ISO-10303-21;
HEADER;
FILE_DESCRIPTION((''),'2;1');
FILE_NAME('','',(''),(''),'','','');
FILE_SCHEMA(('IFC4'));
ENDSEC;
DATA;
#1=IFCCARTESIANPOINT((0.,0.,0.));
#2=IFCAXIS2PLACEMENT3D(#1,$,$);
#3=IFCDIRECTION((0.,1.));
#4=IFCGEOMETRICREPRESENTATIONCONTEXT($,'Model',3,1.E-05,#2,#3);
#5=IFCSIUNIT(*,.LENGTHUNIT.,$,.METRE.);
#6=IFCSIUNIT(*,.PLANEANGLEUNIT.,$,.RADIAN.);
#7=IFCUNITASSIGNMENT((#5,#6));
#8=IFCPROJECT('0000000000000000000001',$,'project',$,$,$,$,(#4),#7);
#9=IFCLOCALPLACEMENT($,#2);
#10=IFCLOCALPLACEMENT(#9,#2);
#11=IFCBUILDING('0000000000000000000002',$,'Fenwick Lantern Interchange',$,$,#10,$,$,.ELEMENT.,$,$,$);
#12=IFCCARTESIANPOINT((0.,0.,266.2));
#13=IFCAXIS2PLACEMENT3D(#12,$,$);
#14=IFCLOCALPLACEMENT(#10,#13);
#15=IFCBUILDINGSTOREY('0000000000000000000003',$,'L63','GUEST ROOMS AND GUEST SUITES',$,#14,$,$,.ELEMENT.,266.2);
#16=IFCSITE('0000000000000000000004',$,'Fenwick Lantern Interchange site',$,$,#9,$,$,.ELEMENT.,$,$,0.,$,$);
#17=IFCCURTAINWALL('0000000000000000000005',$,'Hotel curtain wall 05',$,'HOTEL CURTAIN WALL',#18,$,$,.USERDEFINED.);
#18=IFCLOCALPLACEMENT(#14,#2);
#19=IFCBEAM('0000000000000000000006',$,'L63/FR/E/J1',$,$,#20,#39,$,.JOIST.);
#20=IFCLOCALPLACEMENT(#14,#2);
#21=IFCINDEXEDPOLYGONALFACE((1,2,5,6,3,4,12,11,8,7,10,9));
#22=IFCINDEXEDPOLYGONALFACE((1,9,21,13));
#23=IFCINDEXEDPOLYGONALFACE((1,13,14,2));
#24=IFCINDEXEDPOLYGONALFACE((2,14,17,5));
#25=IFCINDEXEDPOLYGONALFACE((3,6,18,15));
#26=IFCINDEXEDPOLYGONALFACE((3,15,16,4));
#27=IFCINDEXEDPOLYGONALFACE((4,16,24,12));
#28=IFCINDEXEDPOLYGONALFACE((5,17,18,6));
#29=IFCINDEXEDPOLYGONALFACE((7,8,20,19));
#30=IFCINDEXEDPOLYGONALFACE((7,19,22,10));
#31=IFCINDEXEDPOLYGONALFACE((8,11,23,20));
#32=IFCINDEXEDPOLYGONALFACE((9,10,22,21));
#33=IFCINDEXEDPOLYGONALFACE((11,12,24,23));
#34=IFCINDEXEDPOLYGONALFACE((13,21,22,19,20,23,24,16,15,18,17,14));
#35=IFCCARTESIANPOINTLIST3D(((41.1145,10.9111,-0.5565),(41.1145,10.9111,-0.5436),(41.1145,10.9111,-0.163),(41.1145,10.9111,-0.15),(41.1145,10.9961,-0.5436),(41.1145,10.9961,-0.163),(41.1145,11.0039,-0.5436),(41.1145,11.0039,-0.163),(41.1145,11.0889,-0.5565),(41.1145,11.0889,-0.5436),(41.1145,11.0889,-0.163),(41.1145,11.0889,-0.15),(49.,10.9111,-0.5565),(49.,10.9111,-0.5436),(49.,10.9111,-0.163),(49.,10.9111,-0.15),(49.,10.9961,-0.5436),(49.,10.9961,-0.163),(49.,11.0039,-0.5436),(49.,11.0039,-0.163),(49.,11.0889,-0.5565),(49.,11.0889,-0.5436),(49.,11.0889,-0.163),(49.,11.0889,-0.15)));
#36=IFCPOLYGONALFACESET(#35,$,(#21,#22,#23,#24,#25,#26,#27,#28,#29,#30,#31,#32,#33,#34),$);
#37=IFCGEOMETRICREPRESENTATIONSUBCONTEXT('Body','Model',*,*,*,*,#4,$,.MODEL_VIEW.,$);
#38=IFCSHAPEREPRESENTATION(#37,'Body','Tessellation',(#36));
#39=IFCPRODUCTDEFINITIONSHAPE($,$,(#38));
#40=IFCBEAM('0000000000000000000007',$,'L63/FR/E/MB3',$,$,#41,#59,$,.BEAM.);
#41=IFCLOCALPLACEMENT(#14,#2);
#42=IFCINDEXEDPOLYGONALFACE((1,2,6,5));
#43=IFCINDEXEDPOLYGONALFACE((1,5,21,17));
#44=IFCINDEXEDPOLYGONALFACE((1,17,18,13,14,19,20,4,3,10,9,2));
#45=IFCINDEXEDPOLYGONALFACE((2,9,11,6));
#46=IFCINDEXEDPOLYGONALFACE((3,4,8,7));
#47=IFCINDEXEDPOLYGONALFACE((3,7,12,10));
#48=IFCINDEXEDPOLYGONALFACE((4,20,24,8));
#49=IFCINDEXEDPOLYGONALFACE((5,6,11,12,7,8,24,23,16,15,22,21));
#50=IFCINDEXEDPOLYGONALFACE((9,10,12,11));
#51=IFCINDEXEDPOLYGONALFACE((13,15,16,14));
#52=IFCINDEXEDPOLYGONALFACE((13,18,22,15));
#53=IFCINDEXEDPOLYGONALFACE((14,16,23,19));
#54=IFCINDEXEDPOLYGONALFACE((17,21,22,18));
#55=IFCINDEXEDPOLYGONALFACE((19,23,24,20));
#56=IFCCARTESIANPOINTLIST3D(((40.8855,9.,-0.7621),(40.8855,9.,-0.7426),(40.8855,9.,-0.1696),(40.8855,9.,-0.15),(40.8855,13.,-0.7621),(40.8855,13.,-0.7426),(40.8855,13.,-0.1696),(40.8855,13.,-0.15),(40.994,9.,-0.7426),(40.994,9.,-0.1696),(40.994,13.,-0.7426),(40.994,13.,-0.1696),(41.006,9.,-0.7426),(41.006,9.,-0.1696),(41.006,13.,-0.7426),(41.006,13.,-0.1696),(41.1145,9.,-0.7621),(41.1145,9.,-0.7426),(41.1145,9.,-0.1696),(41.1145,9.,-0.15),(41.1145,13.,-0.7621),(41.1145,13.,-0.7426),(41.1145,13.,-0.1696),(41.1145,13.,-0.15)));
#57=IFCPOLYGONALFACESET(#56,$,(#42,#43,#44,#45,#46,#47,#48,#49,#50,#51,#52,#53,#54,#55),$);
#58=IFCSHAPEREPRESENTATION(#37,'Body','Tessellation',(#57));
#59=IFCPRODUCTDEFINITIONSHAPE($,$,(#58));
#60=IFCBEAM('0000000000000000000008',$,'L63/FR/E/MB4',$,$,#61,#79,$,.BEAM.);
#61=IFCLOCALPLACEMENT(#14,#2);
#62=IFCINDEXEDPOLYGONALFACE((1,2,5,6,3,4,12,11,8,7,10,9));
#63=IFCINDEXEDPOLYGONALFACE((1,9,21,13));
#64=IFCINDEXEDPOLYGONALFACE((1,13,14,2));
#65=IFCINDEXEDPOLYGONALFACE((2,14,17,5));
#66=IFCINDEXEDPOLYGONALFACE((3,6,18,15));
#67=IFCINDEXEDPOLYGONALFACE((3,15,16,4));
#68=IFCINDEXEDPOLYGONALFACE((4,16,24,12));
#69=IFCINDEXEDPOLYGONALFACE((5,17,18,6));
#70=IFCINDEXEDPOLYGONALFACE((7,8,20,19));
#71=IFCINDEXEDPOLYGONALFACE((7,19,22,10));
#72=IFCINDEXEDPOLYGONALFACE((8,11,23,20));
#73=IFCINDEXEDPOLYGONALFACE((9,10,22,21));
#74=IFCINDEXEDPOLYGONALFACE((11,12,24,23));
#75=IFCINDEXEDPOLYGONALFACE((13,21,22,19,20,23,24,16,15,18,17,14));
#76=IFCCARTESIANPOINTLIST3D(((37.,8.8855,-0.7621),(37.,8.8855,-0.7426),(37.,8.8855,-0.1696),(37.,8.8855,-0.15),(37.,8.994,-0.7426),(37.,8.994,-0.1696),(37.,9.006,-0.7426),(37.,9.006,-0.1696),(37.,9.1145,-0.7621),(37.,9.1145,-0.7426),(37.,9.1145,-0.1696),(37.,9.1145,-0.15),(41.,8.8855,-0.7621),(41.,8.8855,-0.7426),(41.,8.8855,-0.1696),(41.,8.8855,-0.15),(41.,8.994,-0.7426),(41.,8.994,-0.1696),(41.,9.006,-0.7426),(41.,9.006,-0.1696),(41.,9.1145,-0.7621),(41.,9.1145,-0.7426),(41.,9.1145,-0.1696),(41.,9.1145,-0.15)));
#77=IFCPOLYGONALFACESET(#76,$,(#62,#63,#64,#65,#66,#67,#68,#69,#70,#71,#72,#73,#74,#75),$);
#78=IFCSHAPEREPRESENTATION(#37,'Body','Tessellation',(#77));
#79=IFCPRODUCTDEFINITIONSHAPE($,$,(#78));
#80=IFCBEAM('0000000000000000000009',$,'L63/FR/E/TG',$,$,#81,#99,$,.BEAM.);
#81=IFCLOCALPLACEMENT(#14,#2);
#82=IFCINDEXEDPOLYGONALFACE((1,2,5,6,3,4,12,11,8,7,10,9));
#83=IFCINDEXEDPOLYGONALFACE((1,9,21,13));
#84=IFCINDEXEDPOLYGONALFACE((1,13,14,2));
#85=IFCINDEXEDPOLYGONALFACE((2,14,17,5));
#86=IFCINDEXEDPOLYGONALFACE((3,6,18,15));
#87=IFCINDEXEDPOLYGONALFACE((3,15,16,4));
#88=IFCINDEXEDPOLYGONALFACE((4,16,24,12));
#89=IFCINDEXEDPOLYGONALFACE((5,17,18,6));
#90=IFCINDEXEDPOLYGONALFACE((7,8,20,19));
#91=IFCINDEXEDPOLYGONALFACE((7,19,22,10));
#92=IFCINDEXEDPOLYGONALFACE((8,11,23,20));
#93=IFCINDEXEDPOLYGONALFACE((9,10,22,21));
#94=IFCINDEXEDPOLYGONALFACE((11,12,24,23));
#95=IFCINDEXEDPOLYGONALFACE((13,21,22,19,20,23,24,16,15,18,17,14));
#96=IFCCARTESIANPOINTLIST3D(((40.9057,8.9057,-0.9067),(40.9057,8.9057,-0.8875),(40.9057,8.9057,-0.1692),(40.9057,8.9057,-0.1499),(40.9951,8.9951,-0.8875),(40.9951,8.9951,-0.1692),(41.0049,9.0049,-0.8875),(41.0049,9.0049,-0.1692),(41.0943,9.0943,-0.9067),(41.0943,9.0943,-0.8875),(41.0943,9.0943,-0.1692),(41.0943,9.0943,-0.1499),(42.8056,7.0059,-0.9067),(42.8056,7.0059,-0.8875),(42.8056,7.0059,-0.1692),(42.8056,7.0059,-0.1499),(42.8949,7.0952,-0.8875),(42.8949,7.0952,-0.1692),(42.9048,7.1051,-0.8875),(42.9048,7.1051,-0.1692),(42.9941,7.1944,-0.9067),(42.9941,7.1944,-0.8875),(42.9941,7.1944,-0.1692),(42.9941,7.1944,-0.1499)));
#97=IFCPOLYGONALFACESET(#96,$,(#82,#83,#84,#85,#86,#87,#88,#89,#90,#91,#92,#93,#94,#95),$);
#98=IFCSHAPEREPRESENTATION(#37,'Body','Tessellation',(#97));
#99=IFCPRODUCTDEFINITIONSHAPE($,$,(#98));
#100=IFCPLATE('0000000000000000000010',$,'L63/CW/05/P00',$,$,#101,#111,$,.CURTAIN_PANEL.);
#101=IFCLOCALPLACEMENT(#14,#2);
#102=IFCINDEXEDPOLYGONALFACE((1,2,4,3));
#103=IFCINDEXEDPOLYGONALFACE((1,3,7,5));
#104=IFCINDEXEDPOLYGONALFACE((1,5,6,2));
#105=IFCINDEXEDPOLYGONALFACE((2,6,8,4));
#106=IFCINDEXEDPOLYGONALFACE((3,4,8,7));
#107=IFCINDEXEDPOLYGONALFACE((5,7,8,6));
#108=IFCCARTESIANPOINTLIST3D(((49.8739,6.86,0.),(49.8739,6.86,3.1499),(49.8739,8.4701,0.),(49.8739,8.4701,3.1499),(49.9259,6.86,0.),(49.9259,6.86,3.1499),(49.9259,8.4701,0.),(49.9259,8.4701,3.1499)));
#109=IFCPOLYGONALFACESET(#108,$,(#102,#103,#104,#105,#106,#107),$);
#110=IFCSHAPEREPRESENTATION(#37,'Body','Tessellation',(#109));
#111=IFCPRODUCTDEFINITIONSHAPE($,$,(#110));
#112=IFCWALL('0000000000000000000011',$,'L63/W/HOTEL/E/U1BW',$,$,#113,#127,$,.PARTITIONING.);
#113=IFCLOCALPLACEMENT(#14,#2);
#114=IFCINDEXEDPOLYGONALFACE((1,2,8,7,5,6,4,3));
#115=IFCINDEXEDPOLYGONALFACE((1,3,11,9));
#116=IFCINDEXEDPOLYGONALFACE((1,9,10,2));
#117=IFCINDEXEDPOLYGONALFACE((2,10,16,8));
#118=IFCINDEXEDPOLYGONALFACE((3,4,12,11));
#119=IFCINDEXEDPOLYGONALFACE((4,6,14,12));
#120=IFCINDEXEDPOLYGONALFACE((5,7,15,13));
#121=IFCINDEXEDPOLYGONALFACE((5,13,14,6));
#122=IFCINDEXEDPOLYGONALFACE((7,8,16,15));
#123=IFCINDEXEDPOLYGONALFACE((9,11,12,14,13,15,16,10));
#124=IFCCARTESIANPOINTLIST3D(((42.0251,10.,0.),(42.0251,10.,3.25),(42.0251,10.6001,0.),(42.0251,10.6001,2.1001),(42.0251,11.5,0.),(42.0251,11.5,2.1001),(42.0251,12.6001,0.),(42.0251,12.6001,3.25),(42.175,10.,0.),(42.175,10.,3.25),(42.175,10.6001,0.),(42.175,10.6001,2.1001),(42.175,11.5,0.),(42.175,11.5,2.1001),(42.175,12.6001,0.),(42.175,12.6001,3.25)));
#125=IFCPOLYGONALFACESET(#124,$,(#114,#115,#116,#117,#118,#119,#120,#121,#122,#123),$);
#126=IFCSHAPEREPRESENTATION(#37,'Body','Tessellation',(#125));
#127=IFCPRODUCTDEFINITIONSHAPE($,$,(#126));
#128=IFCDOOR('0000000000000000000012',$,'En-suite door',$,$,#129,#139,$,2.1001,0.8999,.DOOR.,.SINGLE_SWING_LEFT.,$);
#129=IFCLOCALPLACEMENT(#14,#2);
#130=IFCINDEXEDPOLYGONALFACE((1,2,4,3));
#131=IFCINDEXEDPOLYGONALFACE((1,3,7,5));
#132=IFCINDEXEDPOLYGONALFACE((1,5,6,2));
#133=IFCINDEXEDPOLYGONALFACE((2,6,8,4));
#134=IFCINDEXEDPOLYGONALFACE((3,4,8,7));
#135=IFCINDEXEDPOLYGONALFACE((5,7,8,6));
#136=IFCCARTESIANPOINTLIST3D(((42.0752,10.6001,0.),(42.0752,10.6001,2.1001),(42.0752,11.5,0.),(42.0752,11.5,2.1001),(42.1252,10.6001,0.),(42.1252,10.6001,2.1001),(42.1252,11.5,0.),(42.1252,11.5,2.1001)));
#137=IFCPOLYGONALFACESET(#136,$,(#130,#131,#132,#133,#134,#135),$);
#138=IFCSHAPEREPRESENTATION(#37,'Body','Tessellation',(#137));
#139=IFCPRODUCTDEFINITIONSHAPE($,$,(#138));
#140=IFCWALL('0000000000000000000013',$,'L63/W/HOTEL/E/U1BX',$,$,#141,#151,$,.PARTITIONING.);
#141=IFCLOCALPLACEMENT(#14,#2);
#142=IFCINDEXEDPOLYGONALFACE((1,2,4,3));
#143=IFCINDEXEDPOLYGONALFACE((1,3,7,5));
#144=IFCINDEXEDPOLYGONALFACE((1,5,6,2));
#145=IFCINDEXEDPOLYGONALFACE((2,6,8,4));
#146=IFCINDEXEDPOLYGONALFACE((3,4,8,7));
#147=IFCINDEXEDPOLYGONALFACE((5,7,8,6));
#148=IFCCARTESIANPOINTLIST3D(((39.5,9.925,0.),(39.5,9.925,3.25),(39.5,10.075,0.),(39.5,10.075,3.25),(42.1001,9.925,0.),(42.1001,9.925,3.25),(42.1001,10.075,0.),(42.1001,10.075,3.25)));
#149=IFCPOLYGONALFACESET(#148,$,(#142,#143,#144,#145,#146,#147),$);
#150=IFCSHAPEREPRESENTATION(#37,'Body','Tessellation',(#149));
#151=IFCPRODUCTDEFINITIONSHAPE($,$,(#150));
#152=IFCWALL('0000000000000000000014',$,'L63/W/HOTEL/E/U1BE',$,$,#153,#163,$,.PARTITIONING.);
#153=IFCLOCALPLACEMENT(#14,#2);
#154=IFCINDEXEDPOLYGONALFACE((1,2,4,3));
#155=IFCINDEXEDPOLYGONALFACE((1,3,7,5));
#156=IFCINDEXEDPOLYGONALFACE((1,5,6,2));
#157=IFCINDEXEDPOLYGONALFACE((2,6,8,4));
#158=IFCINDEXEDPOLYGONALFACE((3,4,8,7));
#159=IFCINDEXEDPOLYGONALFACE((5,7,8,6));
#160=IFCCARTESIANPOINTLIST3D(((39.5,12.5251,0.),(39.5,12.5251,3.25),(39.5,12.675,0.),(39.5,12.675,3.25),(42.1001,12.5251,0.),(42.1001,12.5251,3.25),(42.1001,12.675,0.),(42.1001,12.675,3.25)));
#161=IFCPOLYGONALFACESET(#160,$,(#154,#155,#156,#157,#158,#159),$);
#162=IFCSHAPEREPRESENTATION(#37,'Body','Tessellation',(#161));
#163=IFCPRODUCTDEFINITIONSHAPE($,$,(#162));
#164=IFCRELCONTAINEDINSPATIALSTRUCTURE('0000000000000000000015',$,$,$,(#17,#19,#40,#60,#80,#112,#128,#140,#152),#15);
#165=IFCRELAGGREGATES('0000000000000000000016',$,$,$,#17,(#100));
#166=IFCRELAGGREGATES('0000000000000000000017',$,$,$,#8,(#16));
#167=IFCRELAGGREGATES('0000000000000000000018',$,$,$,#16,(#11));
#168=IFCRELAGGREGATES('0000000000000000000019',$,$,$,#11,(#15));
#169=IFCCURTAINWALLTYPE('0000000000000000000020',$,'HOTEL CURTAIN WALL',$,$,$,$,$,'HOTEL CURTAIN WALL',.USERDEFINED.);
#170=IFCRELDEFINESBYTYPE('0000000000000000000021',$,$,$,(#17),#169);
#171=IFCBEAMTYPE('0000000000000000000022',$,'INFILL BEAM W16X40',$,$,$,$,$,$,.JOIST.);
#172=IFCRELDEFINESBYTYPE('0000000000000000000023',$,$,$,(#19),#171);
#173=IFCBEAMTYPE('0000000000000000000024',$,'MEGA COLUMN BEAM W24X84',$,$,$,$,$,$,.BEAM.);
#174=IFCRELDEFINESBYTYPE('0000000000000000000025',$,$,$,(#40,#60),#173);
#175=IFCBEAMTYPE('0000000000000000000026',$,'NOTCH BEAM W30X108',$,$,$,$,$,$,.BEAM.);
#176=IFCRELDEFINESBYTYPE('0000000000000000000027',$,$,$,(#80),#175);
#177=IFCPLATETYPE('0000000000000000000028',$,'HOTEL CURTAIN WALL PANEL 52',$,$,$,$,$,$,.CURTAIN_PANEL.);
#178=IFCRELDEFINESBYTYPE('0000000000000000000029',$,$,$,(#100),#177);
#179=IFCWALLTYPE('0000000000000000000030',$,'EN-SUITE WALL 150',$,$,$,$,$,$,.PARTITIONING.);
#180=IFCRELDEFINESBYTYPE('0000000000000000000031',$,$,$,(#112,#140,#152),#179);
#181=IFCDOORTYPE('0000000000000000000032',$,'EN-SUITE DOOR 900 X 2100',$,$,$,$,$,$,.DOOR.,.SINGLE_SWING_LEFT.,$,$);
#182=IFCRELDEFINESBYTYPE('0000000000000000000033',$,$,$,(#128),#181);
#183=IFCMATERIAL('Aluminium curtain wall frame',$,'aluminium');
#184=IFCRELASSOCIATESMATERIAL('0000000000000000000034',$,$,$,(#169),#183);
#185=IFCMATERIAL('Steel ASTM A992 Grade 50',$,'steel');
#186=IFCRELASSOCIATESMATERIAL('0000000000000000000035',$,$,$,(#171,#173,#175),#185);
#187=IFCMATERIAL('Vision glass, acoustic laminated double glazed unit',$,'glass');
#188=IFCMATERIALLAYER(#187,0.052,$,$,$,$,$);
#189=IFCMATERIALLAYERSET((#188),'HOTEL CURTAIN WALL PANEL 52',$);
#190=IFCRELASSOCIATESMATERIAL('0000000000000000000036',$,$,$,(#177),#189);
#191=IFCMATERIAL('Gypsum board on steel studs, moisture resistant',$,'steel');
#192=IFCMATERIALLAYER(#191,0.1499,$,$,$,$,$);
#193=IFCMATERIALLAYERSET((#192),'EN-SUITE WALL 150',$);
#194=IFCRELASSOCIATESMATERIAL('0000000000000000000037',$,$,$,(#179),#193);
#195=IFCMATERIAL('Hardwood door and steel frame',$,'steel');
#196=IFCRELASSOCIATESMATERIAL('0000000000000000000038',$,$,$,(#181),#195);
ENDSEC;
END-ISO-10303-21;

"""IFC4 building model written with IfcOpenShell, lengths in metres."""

from ifc_helpers import new_model, si_unit, direction, frame, frame_2d, origin, origin_2d, place, context, subcontext, project, spatial, rectangle, i_section, extrude, material, layer, layer_set, material_profile, profile_set, type_object, element, fill, aggregate, save


model = new_model("IFC4")

# Units and contexts
model_context = context("Model", 3, precision=1e-05, world=origin(), true_north=direction((0.0, 1.0)))
body_context = subcontext(model_context, "Body", "Model", "MODEL_VIEW")
ifc_project = project(units=[si_unit("LENGTHUNIT", "METRE"), si_unit("PLANEANGLEUNIT", "RADIAN")], contexts=[model_context])

# Site, building, storey
site_placement = place(None, origin())
site = spatial("IfcSite", under=ifc_project, at=site_placement, Name="Fenwick Lantern Interchange site", CompositionType="ELEMENT", RefElevation=0.0)
building_placement = place(site_placement, origin())
building = spatial("IfcBuilding", under=site, at=building_placement, Name="Fenwick Lantern Interchange", CompositionType="ELEMENT")
storey_placement = place(building_placement, frame((0.0, 0.0, 266.2)))
storey = spatial("IfcBuildingStorey", under=building, at=storey_placement, Name="L63", Description="GUEST ROOMS AND GUEST SUITES", CompositionType="ELEMENT", Elevation=266.2)

# Shared definitions
ifc_material_1 = material(Name="Steel ASTM A992 Grade 50", Category="steel")

# Curtain wall
ifc_material_2 = material(Name="Aluminium curtain wall frame", Category="aluminium")
curtain_wall_type = type_object("IfcCurtainWallType", Name="HOTEL CURTAIN WALL", ElementType="HOTEL CURTAIN WALL", PredefinedType="USERDEFINED", material=ifc_material_2)
curtain_wall_placement = place(storey_placement, origin())
curtain_wall = element("IfcCurtainWall", 1, at=curtain_wall_placement, inside=storey, type_object=curtain_wall_type, Name="Hotel curtain wall 05", ObjectType="HOTEL CURTAIN WALL", PredefinedType="USERDEFINED")

# Beams
ifc_material_profile_1 = material_profile(ifc_material_1, i_section(OverallWidth=0.1777, OverallDepth=0.4065, WebThickness=0.0078, FlangeThickness=0.0129, at=origin_2d()), Name="W16X40")
ifc_profile_set_1 = profile_set([ifc_material_profile_1], Name="Steel ASTM A992 Grade 50")
beam_type_1 = type_object("IfcBeamType", Name="INFILL BEAM W16X40", PredefinedType="JOIST", material=ifc_profile_set_1)
beam_1_placement = place(storey_placement, frame((49.0, 11.0, -0.3533), z_axis=(-1.0, 0.0, 0.0), x_axis=(0.0, -1.0, 0.0)))
element("IfcBeam", 2, at=beam_1_placement, inside=storey, type_object=beam_type_1, Name="L63/FR/E/J1", PredefinedType="JOIST", context=body_context, shape_type="SweptSolid", body=[
    extrude(i_section(OverallWidth=0.1777, OverallDepth=0.4065, WebThickness=0.0078, FlangeThickness=0.0129, at=origin_2d()), origin(), (0.0, 0.0, 1.0), 7.8855),
])
ifc_material_profile_2 = material_profile(ifc_material_1, i_section(OverallWidth=0.229, OverallDepth=0.6121, WebThickness=0.012, FlangeThickness=0.0195, at=origin_2d()), Name="W24X84")
ifc_profile_set_2 = profile_set([ifc_material_profile_2], Name="Steel ASTM A992 Grade 50")
beam_type_2 = type_object("IfcBeamType", Name="MEGA COLUMN BEAM W24X84", PredefinedType="BEAM", material=ifc_profile_set_2)
for number, where, z_axis, x_axis, name in (
    (3, (41.0, 9.0, -0.4561), (0.0, 1.0, 0.0), (-1.0, 0.0, 0.0), "L63/FR/E/MB3"),
    (4, (41.0, 9.0, -0.4561), (-1.0, 0.0, 0.0), (0.0, -1.0, 0.0), "L63/FR/E/MB4"),
):
    element("IfcBeam", number, at=place(storey_placement, frame(where, z_axis=z_axis, x_axis=x_axis)), inside=storey, type_object=beam_type_2, Name=name, PredefinedType="BEAM", context=body_context, shape_type="SweptSolid", body=[
        extrude(i_section(OverallWidth=0.229, OverallDepth=0.6121, WebThickness=0.012, FlangeThickness=0.0195, at=origin_2d()), origin(), (0.0, 0.0, 1.0), 4.0),
    ])
ifc_material_profile_3 = material_profile(ifc_material_1, i_section(OverallWidth=0.2666, OverallDepth=0.7568, WebThickness=0.0139, FlangeThickness=0.0193, at=origin_2d()), Name="W30X108")
ifc_profile_set_3 = profile_set([ifc_material_profile_3], Name="Steel ASTM A992 Grade 50")
beam_type_3 = type_object("IfcBeamType", Name="NOTCH BEAM W30X108", PredefinedType="BEAM", material=ifc_profile_set_3)
beam_2_placement = place(storey_placement, frame((41.0, 9.0, -0.5283), z_axis=(0.707107, -0.707107, 0.0), x_axis=(0.707107, 0.707107, 0.0)))
element("IfcBeam", 5, at=beam_2_placement, inside=storey, type_object=beam_type_3, Name="L63/FR/E/TG", PredefinedType="BEAM", context=body_context, shape_type="SweptSolid", body=[
    extrude(i_section(OverallWidth=0.2666, OverallDepth=0.7568, WebThickness=0.0139, FlangeThickness=0.0193, at=origin_2d()), origin(), (0.0, 0.0, 1.0), 2.6868),
])

# Plate
ifc_material_3 = material(Name="Vision glass, acoustic laminated double glazed unit", Category="glass")
ifc_layer_1 = layer(ifc_material_3, 0.052)
ifc_layer_set_1 = layer_set([ifc_layer_1], Name="HOTEL CURTAIN WALL PANEL 52")
plate_type = type_object("IfcPlateType", Name="HOTEL CURTAIN WALL PANEL 52", PredefinedType="CURTAIN_PANEL", material=ifc_layer_set_1)
plate_placement = place(storey_placement, frame((49.8999, 7.665, 0.0), z_axis=(0.0, 0.0, 1.0), x_axis=(0.0, 1.0, 0.0)))
plate = element("IfcPlate", 6, at=plate_placement, type_object=plate_type, Name="L63/CW/05/P00", PredefinedType="CURTAIN_PANEL", context=body_context, shape_type="SweptSolid", body=[
    extrude(rectangle(XDim=1.6101, YDim=0.052, at=origin_2d()), origin(), (0.0, 0.0, 1.0), 3.1499),
])
aggregate(curtain_wall, [plate])

# Wall, opening, door
ifc_material_4 = material(Name="Gypsum board on steel studs, moisture resistant", Category="steel")
ifc_layer_2 = layer(ifc_material_4, 0.1499)
ifc_layer_set_2 = layer_set([ifc_layer_2], Name="EN-SUITE WALL 150")
wall_type = type_object("IfcWallType", Name="EN-SUITE WALL 150", PredefinedType="PARTITIONING", material=ifc_layer_set_2)
wall_placement = place(storey_placement, frame((42.1001, 10.0, 0.0), z_axis=(0.0, 0.0, 1.0), x_axis=(0.0, 1.0, 0.0)))
wall = element("IfcWall", 7, at=wall_placement, inside=storey, type_object=wall_type, Name="L63/W/HOTEL/E/U1BW", PredefinedType="PARTITIONING", context=body_context, shape_type="SweptSolid", body=[
    extrude(rectangle(XDim=2.6001, YDim=0.1499, at=frame_2d((1.3, 0.0))), origin(), (0.0, 0.0, 1.0), 3.25),
])
opening_placement = place(wall_placement, frame((0.6001, 0.0, 0.0)))
opening = element("IfcOpeningElement", 8, at=opening_placement, cuts=wall, PredefinedType="OPENING", context=body_context, shape_type="SweptSolid", body=[
    extrude(rectangle(XDim=0.8999, YDim=2.1001, at=frame_2d((0.45, 1.05))), frame((0.0, 0.085, 0.0), z_axis=(0.0, -1.0, 0.0), x_axis=(1.0, 0.0, 0.0)), (0.0, 0.0, 1.0), 0.1699),
])
ifc_material_5 = material(Name="Hardwood door and steel frame", Category="steel")
door_type = type_object("IfcDoorType", Name="EN-SUITE DOOR 900 X 2100", OperationType="SINGLE_SWING_LEFT", PredefinedType="DOOR", material=ifc_material_5)
door_placement = place(opening_placement, origin())
door = element("IfcDoor", 9, at=door_placement, inside=storey, type_object=door_type, Name="En-suite door", OperationType="SINGLE_SWING_LEFT", OverallHeight=2.1001, OverallWidth=0.8999, PredefinedType="DOOR", context=body_context, shape_type="SweptSolid", body=[
    extrude(rectangle(XDim=0.8999, YDim=2.1001, at=frame_2d((0.45, 1.05))), frame((0.0, 0.0249, 0.0), z_axis=(0.0, -1.0, 0.0), x_axis=(1.0, 0.0, 0.0)), (0.0, 0.0, 1.0), 0.05),
])
fill(opening, door)

# Walls
for number, where, z_axis, x_axis, name in (
    (10, (42.1001, 10.0, 0.0), (0.0, 0.0, 1.0), (-1.0, 0.0, 0.0), "L63/W/HOTEL/E/U1BX"),
    (11, (42.1001, 12.6001, 0.0), (0.0, 0.0, 1.0), (-1.0, 0.0, 0.0), "L63/W/HOTEL/E/U1BE"),
):
    element("IfcWall", number, at=place(storey_placement, frame(where, z_axis=z_axis, x_axis=x_axis)), inside=storey, type_object=wall_type, Name=name, PredefinedType="PARTITIONING", context=body_context, shape_type="SweptSolid", body=[
        extrude(rectangle(XDim=2.6001, YDim=0.1499, at=frame_2d((1.3, 0.0))), origin(), (0.0, 0.0, 1.0), 3.25),
    ])

save(model, "model.ifc")
